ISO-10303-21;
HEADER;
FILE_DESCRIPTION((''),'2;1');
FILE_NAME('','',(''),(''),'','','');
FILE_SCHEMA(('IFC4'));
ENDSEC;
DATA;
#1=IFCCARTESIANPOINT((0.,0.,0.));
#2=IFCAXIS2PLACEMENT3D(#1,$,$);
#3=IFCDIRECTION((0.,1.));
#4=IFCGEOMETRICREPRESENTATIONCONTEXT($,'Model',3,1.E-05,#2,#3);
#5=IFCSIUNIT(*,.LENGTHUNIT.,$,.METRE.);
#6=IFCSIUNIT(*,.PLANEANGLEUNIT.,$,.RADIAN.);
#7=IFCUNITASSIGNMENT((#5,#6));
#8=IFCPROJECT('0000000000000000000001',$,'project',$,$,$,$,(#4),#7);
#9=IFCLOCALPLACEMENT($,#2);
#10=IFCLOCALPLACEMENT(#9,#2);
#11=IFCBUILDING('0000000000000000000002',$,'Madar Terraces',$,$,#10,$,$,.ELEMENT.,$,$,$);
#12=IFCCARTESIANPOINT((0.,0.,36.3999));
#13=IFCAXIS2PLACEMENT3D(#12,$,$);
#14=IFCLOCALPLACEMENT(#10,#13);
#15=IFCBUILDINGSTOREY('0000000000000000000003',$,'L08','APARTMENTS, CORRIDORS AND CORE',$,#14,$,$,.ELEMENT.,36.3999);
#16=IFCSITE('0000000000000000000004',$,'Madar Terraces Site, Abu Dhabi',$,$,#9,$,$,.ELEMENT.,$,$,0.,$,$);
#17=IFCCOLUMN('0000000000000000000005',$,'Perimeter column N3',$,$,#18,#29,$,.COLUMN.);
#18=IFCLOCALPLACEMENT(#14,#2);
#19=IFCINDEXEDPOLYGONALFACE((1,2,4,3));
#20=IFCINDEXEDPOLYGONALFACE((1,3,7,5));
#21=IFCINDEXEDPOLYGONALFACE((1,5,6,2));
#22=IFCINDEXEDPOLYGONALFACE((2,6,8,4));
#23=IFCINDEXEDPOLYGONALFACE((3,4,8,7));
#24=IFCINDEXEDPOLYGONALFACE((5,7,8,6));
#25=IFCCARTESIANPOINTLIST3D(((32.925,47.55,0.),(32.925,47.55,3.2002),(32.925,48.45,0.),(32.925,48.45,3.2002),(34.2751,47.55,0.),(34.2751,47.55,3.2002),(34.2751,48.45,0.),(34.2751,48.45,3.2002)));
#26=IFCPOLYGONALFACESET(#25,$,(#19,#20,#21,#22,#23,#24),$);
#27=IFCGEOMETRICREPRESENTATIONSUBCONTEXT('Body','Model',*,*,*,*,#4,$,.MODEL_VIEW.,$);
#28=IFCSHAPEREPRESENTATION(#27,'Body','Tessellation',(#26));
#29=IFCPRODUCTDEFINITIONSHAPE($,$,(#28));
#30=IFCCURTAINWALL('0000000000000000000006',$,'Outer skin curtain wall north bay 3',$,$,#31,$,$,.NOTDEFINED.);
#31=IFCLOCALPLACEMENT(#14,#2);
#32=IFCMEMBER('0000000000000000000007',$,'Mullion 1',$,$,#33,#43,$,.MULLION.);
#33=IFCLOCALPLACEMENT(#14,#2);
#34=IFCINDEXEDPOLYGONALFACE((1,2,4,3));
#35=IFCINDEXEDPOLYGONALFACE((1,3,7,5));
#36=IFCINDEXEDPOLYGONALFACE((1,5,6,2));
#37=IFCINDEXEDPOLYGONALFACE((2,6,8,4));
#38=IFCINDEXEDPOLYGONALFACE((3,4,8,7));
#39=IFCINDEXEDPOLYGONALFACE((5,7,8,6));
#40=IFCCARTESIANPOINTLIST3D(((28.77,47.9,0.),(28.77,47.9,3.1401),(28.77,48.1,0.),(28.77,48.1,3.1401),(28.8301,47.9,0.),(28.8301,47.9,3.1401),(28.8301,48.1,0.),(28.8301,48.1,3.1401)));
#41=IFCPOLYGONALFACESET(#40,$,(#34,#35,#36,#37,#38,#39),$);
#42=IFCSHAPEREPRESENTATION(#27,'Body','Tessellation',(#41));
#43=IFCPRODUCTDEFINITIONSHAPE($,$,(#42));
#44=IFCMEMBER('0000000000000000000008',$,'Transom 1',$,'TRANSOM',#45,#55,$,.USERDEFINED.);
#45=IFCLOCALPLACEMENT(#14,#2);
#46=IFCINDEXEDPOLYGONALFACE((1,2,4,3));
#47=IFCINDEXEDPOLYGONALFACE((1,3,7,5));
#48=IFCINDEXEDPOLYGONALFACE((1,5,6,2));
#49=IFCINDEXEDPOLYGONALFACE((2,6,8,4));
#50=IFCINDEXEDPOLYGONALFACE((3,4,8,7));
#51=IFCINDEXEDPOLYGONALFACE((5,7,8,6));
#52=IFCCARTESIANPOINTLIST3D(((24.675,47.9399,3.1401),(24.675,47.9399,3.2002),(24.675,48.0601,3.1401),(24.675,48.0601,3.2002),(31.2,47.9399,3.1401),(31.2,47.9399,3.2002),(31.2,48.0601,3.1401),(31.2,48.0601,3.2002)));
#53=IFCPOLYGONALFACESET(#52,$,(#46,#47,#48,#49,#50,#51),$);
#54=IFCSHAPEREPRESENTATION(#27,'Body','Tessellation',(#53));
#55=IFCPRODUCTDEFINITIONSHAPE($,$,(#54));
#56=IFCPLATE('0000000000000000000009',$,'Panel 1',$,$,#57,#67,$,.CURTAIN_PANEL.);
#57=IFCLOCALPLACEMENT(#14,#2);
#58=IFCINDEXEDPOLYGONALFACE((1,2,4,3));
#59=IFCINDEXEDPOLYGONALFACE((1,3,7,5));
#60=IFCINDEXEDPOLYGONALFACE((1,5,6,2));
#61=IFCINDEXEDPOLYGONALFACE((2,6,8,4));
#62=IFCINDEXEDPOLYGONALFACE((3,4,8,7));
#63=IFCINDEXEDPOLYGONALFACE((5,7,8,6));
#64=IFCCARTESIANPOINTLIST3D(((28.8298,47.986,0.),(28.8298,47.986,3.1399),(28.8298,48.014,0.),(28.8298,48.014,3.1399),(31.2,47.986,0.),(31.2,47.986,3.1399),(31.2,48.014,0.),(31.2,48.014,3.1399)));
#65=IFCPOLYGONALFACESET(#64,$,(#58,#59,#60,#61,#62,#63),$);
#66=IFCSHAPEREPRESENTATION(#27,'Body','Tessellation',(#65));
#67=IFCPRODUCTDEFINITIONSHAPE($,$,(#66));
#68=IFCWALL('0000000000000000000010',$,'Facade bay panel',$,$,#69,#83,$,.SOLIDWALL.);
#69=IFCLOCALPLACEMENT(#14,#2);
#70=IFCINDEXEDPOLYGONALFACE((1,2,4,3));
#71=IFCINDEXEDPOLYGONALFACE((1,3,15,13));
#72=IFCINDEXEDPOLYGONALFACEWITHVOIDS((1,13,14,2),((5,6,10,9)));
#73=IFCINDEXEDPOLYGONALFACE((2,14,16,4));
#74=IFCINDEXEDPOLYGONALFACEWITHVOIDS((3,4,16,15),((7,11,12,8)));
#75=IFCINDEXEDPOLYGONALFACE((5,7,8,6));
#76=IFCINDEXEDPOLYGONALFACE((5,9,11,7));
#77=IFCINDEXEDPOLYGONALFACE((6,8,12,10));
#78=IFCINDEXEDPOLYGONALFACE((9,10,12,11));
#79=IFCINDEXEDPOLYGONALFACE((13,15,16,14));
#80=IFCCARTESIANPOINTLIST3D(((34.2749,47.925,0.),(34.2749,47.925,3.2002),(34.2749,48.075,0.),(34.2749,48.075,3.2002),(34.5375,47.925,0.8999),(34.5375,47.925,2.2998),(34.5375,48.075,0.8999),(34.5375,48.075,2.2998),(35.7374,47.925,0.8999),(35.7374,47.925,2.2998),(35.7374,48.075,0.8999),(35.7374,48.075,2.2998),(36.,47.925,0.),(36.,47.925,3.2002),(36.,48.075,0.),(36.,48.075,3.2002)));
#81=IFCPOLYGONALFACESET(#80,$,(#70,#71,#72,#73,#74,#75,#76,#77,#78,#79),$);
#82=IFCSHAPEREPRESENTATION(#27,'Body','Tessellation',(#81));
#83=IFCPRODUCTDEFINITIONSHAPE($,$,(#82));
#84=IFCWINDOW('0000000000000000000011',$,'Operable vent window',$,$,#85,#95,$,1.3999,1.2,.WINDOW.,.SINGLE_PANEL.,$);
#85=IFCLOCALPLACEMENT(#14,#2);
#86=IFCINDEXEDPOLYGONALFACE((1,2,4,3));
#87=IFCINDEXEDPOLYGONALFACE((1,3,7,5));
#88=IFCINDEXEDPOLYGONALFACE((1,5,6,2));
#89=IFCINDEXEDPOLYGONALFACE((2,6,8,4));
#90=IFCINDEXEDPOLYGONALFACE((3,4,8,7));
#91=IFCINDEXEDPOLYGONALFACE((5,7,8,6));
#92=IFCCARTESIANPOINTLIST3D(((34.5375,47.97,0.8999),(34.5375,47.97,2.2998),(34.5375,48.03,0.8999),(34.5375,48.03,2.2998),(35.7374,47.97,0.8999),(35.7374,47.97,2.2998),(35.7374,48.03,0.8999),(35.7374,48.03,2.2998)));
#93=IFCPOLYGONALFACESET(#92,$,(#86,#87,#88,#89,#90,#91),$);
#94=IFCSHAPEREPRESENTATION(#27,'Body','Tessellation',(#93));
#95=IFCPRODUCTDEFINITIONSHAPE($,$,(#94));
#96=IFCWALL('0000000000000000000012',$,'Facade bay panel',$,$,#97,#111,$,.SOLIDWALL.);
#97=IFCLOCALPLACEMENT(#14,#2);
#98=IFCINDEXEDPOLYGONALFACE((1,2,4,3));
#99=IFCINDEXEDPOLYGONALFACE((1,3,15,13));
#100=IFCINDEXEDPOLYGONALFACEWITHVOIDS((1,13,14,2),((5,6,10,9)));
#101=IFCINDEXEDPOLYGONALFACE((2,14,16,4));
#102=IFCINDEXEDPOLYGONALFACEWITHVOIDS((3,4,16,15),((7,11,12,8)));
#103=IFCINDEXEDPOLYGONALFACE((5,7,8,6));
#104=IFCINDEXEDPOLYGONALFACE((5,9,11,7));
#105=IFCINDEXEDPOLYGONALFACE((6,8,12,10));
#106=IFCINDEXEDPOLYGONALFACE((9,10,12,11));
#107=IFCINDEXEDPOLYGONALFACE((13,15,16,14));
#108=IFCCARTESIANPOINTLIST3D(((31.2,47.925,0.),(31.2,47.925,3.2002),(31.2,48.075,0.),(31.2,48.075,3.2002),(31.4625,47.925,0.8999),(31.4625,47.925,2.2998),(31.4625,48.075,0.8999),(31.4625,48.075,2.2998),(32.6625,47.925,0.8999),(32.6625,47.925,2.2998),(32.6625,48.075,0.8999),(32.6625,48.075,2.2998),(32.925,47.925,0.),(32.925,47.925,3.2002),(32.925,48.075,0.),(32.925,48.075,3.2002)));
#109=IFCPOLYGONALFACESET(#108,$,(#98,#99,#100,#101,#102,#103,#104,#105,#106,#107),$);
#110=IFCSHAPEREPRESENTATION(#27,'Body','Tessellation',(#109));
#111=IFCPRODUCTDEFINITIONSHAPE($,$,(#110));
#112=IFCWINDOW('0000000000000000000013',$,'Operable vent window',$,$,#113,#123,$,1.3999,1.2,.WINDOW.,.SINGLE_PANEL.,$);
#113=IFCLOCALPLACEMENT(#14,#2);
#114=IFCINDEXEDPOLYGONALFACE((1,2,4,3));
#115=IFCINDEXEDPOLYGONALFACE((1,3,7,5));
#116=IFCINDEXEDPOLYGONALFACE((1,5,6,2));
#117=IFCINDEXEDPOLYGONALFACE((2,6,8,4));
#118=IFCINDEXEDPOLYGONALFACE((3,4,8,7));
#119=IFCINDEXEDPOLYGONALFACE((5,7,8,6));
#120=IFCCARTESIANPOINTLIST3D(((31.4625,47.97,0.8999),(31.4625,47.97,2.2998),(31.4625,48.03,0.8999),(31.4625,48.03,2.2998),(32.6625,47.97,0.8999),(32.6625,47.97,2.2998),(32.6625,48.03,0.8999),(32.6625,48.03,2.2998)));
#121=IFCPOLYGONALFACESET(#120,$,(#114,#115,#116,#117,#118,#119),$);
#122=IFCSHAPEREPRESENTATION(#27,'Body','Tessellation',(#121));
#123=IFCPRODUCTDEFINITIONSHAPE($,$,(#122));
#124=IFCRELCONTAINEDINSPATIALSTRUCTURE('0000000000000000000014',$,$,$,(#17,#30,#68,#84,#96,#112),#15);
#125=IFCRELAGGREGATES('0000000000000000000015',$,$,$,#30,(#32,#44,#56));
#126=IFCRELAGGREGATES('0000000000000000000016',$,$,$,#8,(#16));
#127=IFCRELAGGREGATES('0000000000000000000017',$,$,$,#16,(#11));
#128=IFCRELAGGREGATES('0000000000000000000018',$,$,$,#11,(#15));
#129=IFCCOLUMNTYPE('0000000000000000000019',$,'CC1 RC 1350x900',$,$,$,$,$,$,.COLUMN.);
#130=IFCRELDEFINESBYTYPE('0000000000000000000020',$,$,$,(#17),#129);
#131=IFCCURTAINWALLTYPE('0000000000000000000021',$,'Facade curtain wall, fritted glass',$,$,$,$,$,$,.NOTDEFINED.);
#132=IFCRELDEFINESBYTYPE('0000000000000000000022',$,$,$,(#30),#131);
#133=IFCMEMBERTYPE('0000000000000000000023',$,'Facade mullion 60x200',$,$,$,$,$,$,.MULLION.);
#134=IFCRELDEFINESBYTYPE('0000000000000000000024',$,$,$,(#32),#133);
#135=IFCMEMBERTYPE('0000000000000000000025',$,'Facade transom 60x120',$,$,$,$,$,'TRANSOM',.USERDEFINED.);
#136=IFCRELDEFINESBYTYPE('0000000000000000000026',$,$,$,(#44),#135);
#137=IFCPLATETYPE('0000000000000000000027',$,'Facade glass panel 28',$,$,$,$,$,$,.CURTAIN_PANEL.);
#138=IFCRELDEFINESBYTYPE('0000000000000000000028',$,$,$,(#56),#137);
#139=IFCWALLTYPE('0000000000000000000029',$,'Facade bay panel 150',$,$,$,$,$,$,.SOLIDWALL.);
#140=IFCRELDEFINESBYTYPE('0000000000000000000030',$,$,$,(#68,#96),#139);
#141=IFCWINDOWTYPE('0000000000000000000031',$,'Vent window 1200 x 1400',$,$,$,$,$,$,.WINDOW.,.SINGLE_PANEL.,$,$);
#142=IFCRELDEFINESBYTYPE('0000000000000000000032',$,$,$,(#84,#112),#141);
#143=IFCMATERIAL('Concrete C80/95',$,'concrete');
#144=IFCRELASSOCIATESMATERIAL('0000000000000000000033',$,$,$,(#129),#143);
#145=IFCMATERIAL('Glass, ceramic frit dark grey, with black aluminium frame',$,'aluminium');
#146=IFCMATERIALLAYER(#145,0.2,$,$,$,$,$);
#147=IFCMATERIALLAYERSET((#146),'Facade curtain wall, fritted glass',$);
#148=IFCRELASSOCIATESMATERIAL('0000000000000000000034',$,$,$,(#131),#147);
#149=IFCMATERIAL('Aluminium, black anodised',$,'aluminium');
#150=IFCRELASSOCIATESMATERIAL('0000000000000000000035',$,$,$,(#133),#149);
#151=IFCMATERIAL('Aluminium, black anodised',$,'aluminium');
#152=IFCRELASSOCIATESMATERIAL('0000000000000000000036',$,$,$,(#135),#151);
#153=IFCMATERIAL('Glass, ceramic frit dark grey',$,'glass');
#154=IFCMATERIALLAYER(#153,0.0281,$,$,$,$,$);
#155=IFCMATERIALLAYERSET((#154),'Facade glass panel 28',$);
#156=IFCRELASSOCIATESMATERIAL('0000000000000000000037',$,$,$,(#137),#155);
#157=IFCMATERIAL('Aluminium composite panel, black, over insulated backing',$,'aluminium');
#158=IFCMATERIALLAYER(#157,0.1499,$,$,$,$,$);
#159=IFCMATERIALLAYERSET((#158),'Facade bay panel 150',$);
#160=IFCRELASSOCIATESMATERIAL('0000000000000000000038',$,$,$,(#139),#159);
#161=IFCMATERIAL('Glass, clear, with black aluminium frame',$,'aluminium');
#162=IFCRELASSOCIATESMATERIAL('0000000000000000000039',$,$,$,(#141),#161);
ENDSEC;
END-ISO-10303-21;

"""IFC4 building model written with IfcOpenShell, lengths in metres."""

from ifc_helpers import new_model, si_unit, direction, frame, frame_2d, origin, origin_2d, place, context, subcontext, project, spatial, rectangle, extrude, material, layer, layer_set, material_profile, profile_set, type_object, element, fill, aggregate, save


model = new_model("IFC4")

# Units and contexts
model_context = context("Model", 3, precision=1e-05, world=origin(), true_north=direction((0.0, 1.0)))
body_context = subcontext(model_context, "Body", "Model", "MODEL_VIEW")
ifc_project = project(units=[si_unit("LENGTHUNIT", "METRE"), si_unit("PLANEANGLEUNIT", "RADIAN")], contexts=[model_context])

# Site, building, storey
site_placement = place(None, origin())
site = spatial("IfcSite", under=ifc_project, at=site_placement, Name="Madar Terraces Site, Abu Dhabi", CompositionType="ELEMENT", RefElevation=0.0)
building_placement = place(site_placement, origin())
building = spatial("IfcBuilding", under=site, at=building_placement, Name="Madar Terraces", CompositionType="ELEMENT")
storey_placement = place(building_placement, frame((0.0, 0.0, 36.3999)))
storey = spatial("IfcBuildingStorey", under=building, at=storey_placement, Name="L08", Description="APARTMENTS, CORRIDORS AND CORE", CompositionType="ELEMENT", Elevation=36.3999)

# Column
ifc_material_1 = material(Name="Concrete C80/95", Category="concrete")
ifc_material_profile_1 = material_profile(ifc_material_1, rectangle(XDim=1.3501, YDim=0.8999, at=origin_2d()), Name="CC1 RC 1350x900")
ifc_profile_set_1 = profile_set([ifc_material_profile_1], Name="Concrete C80/95")
column_type = type_object("IfcColumnType", Name="CC1 RC 1350x900", PredefinedType="COLUMN", material=ifc_profile_set_1)
column_placement = place(storey_placement, frame((33.6001, 48.0, 0.0), z_axis=(0.0, 0.0, 1.0), x_axis=(1.0, 0.0, 0.0)))
element("IfcColumn", 1, at=column_placement, inside=storey, type_object=column_type, Name="Perimeter column N3", PredefinedType="COLUMN", context=body_context, shape_type="SweptSolid", body=[
    extrude(rectangle(XDim=1.3501, YDim=0.8999, at=origin_2d()), origin(), (0.0, 0.0, 1.0), 3.2002),
])

# Curtain wall, members, plate
ifc_material_2 = material(Name="Glass, ceramic frit dark grey, with black aluminium frame", Category="aluminium")
ifc_layer_1 = layer(ifc_material_2, 0.2)
ifc_layer_set_1 = layer_set([ifc_layer_1], Name="Facade curtain wall, fritted glass")
curtain_wall_type = type_object("IfcCurtainWallType", Name="Facade curtain wall, fritted glass", PredefinedType="NOTDEFINED", material=ifc_layer_set_1)
curtain_wall_placement = place(storey_placement, origin())
curtain_wall = element("IfcCurtainWall", 2, at=curtain_wall_placement, inside=storey, type_object=curtain_wall_type, Name="Outer skin curtain wall north bay 3", PredefinedType="NOTDEFINED")
ifc_material_3 = material(Name="Aluminium, black anodised", Category="aluminium")
ifc_material_profile_2 = material_profile(ifc_material_3, rectangle(XDim=0.2, YDim=0.0601, at=origin_2d()), Name="Facade mullion 60x200")
ifc_profile_set_2 = profile_set([ifc_material_profile_2], Name="Aluminium, black anodised")
member_type_1 = type_object("IfcMemberType", Name="Facade mullion 60x200", PredefinedType="MULLION", material=ifc_profile_set_2)
member_1_placement = place(storey_placement, frame((28.8, 48.0, 0.0), z_axis=(0.0, 0.0, 1.0), x_axis=(0.0, -1.0, 0.0)))
member_1 = element("IfcMember", 3, at=member_1_placement, type_object=member_type_1, Name="Mullion 1", PredefinedType="MULLION", context=body_context, shape_type="SweptSolid", body=[
    extrude(rectangle(XDim=0.2, YDim=0.0601, at=origin_2d()), origin(), (0.0, 0.0, 1.0), 3.1401),
])
ifc_material_4 = material(Name="Aluminium, black anodised", Category="aluminium")
ifc_material_profile_3 = material_profile(ifc_material_4, rectangle(XDim=0.1201, YDim=0.0601, at=origin_2d()), Name="Facade transom 60x120")
ifc_profile_set_3 = profile_set([ifc_material_profile_3], Name="Aluminium, black anodised")
member_type_2 = type_object("IfcMemberType", Name="Facade transom 60x120", ElementType="TRANSOM", PredefinedType="USERDEFINED", material=ifc_profile_set_3)
member_2_placement = place(storey_placement, frame((31.2, 48.0, 3.1702), z_axis=(-1.0, 0.0, 0.0), x_axis=(0.0, -1.0, 0.0)))
member_2 = element("IfcMember", 4, at=member_2_placement, type_object=member_type_2, Name="Transom 1", ObjectType="TRANSOM", PredefinedType="USERDEFINED", context=body_context, shape_type="SweptSolid", body=[
    extrude(rectangle(XDim=0.1201, YDim=0.0601, at=origin_2d()), origin(), (0.0, 0.0, 1.0), 6.5249),
])
ifc_material_5 = material(Name="Glass, ceramic frit dark grey", Category="glass")
ifc_layer_2 = layer(ifc_material_5, 0.0281)
ifc_layer_set_2 = layer_set([ifc_layer_2], Name="Facade glass panel 28")
plate_type = type_object("IfcPlateType", Name="Facade glass panel 28", PredefinedType="CURTAIN_PANEL", material=ifc_layer_set_2)
plate_placement = place(storey_placement, frame((30.0149, 48.0, 0.0), z_axis=(0.0, 0.0, 1.0), x_axis=(-1.0, 0.0, 0.0)))
plate = element("IfcPlate", 5, at=plate_placement, type_object=plate_type, Name="Panel 1", PredefinedType="CURTAIN_PANEL", context=body_context, shape_type="SweptSolid", body=[
    extrude(rectangle(XDim=2.3701, YDim=0.0281, at=origin_2d()), origin(), (0.0, 0.0, 1.0), 3.1399),
])
aggregate(curtain_wall, [member_1, member_2, plate])

# Walls, openings, windows
ifc_material_6 = material(Name="Aluminium composite panel, black, over insulated backing", Category="aluminium")
ifc_layer_3 = layer(ifc_material_6, 0.1499)
ifc_layer_set_3 = layer_set([ifc_layer_3], Name="Facade bay panel 150")
wall_type_1 = type_object("IfcWallType", Name="Facade bay panel 150", PredefinedType="SOLIDWALL", material=ifc_layer_set_3)
wall_1_placement = place(storey_placement, frame((36.0, 48.0, 0.0), z_axis=(0.0, 0.0, 1.0), x_axis=(-1.0, 0.0, 0.0)))
wall_1 = element("IfcWall", 6, at=wall_1_placement, inside=storey, type_object=wall_type_1, Name="Facade bay panel", PredefinedType="SOLIDWALL", context=body_context, shape_type="SweptSolid", body=[
    extrude(rectangle(XDim=1.7251, YDim=0.1499, at=frame_2d((0.8625, 0.0))), origin(), (0.0, 0.0, 1.0), 3.2002),
])
opening_1_placement = place(wall_1_placement, frame((0.2625, 0.0, 0.8999)))
opening_1 = element("IfcOpeningElement", 7, at=opening_1_placement, cuts=wall_1, PredefinedType="OPENING", context=body_context, shape_type="SweptSolid", body=[
    extrude(rectangle(XDim=1.2, YDim=1.3999, at=frame_2d((0.6001, 0.7))), frame((0.0, 0.085, 0.0), z_axis=(0.0, -1.0, 0.0), x_axis=(1.0, 0.0, 0.0)), (0.0, 0.0, 1.0), 0.1699),
])
ifc_material_7 = material(Name="Glass, clear, with black aluminium frame", Category="aluminium")
window_type = type_object("IfcWindowType", Name="Vent window 1200 x 1400", PartitioningType="SINGLE_PANEL", PredefinedType="WINDOW", material=ifc_material_7)
window_1_placement = place(opening_1_placement, origin())
window_1 = element("IfcWindow", 8, at=window_1_placement, inside=storey, type_object=window_type, Name="Operable vent window", OverallHeight=1.3999, OverallWidth=1.2, PartitioningType="SINGLE_PANEL", PredefinedType="WINDOW", context=body_context, shape_type="SweptSolid", body=[
    extrude(rectangle(XDim=1.2, YDim=1.3999, at=frame_2d((0.6001, 0.7))), frame((0.0, 0.03, 0.0), z_axis=(0.0, -1.0, 0.0), x_axis=(1.0, 0.0, 0.0)), (0.0, 0.0, 1.0), 0.0601),
])
fill(opening_1, window_1)
wall_2_placement = place(storey_placement, frame((32.925, 48.0, 0.0), z_axis=(0.0, 0.0, 1.0), x_axis=(-1.0, 0.0, 0.0)))
wall_2 = element("IfcWall", 9, at=wall_2_placement, inside=storey, type_object=wall_type_1, Name="Facade bay panel", PredefinedType="SOLIDWALL", context=body_context, shape_type="SweptSolid", body=[
    extrude(rectangle(XDim=1.7251, YDim=0.1499, at=frame_2d((0.8625, 0.0))), origin(), (0.0, 0.0, 1.0), 3.2002),
])
opening_2_placement = place(wall_2_placement, frame((0.2625, 0.0, 0.8999)))
opening_2 = element("IfcOpeningElement", 10, at=opening_2_placement, cuts=wall_2, PredefinedType="OPENING", context=body_context, shape_type="SweptSolid", body=[
    extrude(rectangle(XDim=1.2, YDim=1.3999, at=frame_2d((0.6001, 0.7))), frame((0.0, 0.085, 0.0), z_axis=(0.0, -1.0, 0.0), x_axis=(1.0, 0.0, 0.0)), (0.0, 0.0, 1.0), 0.1699),
])
window_2_placement = place(opening_2_placement, origin())
window_2 = element("IfcWindow", 11, at=window_2_placement, inside=storey, type_object=window_type, Name="Operable vent window", OverallHeight=1.3999, OverallWidth=1.2, PartitioningType="SINGLE_PANEL", PredefinedType="WINDOW", context=body_context, shape_type="SweptSolid", body=[
    extrude(rectangle(XDim=1.2, YDim=1.3999, at=frame_2d((0.6001, 0.7))), frame((0.0, 0.03, 0.0), z_axis=(0.0, -1.0, 0.0), x_axis=(1.0, 0.0, 0.0)), (0.0, 0.0, 1.0), 0.0601),
])
fill(opening_2, window_2)

save(model, "model.ifc")
